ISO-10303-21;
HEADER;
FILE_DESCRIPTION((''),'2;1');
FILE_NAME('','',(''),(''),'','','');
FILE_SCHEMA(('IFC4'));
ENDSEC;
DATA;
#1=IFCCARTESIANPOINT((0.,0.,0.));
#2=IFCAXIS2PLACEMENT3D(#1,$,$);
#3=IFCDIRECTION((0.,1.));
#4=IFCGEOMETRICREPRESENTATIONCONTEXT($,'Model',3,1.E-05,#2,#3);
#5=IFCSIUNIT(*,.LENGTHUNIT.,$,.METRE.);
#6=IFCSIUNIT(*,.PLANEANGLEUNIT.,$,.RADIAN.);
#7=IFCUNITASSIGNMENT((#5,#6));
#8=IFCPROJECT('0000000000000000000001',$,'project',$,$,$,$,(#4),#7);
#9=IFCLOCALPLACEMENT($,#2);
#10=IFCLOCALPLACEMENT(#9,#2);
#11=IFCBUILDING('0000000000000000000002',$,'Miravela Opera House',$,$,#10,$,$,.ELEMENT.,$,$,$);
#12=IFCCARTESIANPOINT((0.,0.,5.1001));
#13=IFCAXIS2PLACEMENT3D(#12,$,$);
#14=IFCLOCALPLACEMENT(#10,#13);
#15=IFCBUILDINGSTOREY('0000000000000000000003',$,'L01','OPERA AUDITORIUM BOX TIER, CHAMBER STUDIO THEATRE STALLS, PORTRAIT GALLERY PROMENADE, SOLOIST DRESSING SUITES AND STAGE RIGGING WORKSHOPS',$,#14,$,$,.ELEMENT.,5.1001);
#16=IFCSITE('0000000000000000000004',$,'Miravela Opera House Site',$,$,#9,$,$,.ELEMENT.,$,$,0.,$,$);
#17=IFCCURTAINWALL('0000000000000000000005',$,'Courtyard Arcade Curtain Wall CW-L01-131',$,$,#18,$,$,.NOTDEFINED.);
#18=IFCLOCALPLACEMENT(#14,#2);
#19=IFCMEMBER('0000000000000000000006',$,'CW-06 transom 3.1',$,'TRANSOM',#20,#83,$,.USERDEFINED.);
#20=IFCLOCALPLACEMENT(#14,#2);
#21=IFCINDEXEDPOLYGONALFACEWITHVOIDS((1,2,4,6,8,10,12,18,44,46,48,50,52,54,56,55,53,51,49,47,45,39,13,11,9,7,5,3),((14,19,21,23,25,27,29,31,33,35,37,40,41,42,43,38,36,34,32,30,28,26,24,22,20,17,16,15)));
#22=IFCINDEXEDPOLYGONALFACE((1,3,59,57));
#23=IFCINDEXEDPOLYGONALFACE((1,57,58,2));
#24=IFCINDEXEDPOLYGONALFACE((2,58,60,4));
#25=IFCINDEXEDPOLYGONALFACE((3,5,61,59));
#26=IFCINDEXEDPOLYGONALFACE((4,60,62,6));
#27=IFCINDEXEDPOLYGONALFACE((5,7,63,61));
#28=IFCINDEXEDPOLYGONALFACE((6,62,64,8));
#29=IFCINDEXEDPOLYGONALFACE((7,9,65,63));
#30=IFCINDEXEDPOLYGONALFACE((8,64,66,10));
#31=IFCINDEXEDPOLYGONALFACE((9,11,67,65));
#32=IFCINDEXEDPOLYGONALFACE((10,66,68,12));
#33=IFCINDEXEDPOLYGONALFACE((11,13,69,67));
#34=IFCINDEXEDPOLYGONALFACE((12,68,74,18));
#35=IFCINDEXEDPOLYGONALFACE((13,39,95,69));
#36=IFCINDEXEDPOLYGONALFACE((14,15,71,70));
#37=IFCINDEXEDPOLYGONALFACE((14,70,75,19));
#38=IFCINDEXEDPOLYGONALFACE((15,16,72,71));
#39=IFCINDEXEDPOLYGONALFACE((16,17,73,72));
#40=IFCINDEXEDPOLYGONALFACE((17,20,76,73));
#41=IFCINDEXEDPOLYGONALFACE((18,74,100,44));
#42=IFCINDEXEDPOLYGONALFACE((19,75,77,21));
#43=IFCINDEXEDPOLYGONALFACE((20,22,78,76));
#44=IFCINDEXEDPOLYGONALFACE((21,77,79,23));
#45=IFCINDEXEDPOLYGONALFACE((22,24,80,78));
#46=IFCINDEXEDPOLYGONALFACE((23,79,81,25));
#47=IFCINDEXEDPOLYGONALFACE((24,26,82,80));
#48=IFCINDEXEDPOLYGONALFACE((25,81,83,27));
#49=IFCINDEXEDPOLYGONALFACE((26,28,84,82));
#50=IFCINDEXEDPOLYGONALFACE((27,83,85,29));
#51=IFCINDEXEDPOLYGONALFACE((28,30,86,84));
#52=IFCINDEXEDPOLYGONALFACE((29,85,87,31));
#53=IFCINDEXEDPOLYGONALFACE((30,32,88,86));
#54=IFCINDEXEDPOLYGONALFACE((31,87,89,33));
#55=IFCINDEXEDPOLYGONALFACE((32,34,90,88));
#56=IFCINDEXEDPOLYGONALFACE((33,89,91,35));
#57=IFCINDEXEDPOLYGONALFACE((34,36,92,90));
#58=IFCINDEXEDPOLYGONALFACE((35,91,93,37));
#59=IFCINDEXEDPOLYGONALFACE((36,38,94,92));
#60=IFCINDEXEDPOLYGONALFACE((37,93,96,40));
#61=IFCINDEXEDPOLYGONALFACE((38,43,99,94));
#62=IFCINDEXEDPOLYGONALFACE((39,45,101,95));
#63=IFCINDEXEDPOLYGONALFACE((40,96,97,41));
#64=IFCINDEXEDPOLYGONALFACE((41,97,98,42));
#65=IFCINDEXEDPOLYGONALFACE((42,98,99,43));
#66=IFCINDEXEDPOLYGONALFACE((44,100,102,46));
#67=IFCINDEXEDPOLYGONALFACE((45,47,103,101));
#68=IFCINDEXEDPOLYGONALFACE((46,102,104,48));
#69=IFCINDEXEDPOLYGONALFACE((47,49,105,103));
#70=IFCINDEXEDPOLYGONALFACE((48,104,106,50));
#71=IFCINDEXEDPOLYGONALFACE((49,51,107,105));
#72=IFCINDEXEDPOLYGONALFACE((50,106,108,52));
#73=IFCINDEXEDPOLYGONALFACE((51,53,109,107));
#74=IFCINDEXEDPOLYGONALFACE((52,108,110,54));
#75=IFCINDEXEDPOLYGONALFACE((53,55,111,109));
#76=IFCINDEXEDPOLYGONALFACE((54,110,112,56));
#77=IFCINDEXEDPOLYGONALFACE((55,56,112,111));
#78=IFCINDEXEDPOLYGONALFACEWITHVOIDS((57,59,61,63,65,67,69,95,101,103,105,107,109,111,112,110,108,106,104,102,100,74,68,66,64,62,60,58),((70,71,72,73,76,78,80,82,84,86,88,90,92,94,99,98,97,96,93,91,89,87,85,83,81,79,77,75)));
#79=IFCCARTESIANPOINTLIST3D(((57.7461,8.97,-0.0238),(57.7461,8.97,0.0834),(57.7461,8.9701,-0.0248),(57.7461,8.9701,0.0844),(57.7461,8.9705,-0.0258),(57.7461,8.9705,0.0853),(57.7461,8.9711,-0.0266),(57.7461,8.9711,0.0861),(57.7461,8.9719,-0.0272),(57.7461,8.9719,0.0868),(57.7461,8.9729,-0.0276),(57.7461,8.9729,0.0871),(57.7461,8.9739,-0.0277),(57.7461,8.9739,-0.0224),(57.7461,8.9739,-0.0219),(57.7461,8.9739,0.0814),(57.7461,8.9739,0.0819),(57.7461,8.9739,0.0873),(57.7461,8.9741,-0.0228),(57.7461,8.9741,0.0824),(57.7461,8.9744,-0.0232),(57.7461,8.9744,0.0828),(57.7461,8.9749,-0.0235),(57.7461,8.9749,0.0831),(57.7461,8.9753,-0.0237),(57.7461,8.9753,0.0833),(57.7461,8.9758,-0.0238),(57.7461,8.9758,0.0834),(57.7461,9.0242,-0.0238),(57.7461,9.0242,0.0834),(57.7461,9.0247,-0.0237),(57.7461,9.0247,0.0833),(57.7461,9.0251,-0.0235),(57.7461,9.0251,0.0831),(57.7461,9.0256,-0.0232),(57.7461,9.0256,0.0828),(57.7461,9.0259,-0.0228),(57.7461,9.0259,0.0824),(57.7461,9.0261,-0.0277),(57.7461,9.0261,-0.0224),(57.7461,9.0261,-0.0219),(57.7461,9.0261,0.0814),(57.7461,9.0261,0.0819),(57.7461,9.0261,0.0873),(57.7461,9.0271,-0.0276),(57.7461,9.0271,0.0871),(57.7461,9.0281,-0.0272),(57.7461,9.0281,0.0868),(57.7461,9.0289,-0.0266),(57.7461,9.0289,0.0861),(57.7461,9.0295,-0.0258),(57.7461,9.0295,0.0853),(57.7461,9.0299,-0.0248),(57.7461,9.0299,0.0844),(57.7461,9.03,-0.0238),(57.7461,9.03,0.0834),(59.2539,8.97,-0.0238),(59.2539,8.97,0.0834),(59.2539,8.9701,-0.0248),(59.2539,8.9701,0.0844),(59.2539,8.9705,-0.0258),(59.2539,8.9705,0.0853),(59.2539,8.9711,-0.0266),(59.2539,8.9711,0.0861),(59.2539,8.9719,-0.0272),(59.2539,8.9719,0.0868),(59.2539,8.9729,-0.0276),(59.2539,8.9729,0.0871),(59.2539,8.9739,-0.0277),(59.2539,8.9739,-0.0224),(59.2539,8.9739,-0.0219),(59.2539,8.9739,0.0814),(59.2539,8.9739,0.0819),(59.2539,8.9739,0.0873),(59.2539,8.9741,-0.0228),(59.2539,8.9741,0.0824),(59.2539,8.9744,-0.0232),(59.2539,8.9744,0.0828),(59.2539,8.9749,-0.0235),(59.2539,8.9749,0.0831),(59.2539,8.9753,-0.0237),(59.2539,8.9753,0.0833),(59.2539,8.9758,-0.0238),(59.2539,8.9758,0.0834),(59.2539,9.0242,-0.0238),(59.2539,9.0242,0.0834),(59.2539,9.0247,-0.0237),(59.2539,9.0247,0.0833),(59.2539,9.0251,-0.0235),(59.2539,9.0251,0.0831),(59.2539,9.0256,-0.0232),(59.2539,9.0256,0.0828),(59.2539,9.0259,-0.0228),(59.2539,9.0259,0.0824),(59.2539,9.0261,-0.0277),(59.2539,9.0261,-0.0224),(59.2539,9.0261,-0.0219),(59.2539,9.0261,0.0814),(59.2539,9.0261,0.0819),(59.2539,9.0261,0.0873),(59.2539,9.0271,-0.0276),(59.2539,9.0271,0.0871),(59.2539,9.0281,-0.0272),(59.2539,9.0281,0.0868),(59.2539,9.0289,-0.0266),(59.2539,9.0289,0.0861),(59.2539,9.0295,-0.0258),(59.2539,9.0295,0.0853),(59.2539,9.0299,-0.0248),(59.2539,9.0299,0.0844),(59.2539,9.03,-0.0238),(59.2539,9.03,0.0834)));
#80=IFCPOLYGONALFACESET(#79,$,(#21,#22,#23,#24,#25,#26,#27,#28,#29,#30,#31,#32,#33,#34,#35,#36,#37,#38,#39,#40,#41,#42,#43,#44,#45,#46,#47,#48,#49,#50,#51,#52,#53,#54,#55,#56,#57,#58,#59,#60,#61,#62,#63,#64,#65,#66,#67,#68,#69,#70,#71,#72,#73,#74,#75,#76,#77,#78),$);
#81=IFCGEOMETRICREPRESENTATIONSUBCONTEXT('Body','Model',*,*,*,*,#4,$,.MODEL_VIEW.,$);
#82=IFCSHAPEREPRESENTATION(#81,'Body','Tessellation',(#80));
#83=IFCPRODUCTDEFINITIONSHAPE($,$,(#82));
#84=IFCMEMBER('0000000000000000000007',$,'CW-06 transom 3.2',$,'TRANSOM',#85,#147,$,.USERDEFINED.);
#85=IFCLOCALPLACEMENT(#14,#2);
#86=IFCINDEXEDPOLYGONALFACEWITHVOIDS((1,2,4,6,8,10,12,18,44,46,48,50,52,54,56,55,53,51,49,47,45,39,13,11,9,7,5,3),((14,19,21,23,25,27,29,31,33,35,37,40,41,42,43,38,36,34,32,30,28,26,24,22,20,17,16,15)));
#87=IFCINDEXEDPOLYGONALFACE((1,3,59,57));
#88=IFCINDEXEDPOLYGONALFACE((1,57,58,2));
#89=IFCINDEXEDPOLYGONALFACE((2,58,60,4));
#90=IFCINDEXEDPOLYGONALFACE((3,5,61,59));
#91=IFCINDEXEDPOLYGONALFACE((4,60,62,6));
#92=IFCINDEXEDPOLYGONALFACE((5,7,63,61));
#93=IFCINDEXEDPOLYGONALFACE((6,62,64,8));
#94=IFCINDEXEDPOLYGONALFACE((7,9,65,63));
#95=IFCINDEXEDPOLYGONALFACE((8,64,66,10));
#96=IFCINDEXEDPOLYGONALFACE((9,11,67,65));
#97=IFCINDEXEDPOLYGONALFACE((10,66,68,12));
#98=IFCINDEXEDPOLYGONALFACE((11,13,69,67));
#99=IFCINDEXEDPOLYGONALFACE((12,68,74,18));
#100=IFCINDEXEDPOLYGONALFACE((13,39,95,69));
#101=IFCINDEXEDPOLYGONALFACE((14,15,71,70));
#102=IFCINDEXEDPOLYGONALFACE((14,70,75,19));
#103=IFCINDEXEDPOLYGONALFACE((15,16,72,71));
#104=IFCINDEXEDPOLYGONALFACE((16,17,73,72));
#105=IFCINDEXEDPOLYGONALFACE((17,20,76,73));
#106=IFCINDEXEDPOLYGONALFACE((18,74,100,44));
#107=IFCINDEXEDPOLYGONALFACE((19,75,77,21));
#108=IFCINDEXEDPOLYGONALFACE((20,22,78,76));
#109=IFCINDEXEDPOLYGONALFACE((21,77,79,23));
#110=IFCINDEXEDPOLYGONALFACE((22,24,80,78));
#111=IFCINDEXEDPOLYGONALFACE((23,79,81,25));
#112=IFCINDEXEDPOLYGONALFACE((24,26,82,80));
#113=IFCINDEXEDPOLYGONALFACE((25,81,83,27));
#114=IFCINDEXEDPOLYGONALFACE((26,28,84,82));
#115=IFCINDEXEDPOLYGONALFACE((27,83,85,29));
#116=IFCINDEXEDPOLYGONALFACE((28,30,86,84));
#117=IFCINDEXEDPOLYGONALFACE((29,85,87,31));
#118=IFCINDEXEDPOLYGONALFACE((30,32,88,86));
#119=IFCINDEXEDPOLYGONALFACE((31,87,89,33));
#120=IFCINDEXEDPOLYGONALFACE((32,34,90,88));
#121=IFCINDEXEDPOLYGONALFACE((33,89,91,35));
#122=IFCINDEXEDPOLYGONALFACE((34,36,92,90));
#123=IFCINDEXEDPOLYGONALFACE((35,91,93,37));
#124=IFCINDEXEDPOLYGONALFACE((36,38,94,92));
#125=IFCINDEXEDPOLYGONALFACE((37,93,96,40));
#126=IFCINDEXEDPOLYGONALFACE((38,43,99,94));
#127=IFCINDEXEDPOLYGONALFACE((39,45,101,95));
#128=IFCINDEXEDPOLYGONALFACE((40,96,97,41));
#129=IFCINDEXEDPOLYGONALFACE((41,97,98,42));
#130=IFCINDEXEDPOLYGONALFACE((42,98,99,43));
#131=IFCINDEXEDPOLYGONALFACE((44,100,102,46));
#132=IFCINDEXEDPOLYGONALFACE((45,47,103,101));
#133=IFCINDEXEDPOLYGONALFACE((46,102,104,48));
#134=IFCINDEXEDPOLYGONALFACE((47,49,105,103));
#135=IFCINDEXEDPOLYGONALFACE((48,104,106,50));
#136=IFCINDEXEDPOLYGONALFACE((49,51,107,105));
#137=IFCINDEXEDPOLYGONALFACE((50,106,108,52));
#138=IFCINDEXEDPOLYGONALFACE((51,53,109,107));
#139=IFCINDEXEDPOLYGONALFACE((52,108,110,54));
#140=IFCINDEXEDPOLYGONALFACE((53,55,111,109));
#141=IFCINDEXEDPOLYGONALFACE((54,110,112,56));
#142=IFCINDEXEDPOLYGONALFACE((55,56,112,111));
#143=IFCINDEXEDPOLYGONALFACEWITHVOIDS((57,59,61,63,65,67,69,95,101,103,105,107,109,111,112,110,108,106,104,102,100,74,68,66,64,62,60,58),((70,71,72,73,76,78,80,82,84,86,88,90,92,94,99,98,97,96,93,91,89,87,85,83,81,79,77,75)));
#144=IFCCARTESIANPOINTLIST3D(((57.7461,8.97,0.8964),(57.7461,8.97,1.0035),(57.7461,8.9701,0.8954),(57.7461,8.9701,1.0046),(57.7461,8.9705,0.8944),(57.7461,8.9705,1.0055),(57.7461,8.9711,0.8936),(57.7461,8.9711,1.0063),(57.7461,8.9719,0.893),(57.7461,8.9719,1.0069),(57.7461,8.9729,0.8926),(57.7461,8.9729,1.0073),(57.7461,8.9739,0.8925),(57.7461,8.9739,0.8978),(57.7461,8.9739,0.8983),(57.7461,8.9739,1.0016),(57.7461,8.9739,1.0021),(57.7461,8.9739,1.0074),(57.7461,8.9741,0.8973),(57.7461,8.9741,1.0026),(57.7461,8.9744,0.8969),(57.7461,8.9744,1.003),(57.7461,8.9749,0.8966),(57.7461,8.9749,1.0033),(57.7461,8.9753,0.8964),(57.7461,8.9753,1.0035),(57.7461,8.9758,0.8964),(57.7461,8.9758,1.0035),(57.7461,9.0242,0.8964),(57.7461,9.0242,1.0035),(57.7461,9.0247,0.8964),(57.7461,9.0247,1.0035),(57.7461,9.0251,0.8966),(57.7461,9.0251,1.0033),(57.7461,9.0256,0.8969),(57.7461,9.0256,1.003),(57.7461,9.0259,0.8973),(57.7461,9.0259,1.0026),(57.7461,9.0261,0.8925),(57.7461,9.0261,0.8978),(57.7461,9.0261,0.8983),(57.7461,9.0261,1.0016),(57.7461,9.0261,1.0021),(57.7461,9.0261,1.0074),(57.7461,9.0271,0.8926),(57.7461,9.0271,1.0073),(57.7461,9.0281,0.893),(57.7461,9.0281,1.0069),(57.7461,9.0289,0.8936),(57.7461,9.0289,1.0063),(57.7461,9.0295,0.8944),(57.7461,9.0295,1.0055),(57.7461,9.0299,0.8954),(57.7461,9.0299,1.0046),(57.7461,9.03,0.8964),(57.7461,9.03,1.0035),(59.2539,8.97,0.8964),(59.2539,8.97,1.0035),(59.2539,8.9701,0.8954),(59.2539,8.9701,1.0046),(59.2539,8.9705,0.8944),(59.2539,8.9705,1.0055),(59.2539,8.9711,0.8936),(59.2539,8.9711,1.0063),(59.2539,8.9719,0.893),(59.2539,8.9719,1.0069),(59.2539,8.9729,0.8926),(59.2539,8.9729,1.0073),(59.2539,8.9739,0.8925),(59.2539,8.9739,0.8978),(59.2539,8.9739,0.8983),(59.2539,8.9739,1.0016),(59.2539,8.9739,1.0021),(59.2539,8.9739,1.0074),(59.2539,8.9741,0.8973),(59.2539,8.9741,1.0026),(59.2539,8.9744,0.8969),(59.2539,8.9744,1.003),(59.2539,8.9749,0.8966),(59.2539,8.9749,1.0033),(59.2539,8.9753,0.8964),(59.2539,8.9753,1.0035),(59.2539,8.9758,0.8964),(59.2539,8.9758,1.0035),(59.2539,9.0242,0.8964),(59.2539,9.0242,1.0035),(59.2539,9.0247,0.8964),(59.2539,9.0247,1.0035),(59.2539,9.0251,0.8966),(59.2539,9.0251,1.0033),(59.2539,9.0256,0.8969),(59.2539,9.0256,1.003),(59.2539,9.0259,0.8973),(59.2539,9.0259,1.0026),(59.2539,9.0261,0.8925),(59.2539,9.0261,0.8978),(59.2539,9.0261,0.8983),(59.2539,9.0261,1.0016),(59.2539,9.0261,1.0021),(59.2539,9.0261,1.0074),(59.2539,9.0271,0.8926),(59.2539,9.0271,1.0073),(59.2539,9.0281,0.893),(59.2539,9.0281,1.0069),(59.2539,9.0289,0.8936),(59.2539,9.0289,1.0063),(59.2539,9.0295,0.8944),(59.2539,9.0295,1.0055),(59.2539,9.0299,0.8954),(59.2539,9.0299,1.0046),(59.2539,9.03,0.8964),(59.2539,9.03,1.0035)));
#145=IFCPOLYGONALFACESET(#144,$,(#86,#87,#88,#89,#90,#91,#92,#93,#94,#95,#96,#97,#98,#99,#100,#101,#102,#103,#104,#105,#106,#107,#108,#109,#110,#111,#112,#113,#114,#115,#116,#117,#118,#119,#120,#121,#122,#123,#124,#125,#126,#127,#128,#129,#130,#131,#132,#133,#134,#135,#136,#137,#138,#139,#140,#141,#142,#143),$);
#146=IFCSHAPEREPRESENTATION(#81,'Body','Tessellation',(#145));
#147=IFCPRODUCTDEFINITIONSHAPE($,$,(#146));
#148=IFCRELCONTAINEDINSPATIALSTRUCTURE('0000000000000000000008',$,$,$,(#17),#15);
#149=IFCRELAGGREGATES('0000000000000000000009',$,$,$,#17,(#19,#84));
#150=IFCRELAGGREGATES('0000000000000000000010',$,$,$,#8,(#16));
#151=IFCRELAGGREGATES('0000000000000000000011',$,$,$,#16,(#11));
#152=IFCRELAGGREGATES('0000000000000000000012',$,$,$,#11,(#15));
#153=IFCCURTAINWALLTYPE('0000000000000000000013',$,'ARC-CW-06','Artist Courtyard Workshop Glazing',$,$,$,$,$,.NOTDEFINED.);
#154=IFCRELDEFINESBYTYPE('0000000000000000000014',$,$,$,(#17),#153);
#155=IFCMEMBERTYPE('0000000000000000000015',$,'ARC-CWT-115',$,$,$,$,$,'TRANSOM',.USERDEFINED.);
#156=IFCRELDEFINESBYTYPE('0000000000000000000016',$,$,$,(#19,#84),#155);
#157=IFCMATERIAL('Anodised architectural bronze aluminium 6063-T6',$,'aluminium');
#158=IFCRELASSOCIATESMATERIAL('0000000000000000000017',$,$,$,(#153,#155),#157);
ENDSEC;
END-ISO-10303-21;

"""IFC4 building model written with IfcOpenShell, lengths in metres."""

from ifc_helpers import new_model, si_unit, direction, frame, origin, origin_2d, place, context, subcontext, project, spatial, hollow_rectangle, extrude, material, material_profile, profile_set, type_object, element, aggregate, save


model = new_model("IFC4")

# Units and contexts
model_context = context("Model", 3, precision=1e-05, world=origin(), true_north=direction((0.0, 1.0)))
body_context = subcontext(model_context, "Body", "Model", "MODEL_VIEW")
ifc_project = project(units=[si_unit("LENGTHUNIT", "METRE"), si_unit("PLANEANGLEUNIT", "RADIAN")], contexts=[model_context])

# Site, building, storey
site_placement = place(None, origin())
site = spatial("IfcSite", under=ifc_project, at=site_placement, Name="Miravela Opera House Site", CompositionType="ELEMENT", RefElevation=0.0)
building_placement = place(site_placement, origin())
building = spatial("IfcBuilding", under=site, at=building_placement, Name="Miravela Opera House", CompositionType="ELEMENT")
storey_placement = place(building_placement, frame((0.0, 0.0, 5.1001)))
storey = spatial("IfcBuildingStorey", under=building, at=storey_placement, Name="L01", Description="OPERA AUDITORIUM BOX TIER, CHAMBER STUDIO THEATRE STALLS, PORTRAIT GALLERY PROMENADE, SOLOIST DRESSING SUITES AND STAGE RIGGING WORKSHOPS", CompositionType="ELEMENT", Elevation=5.1001)

# Shared definitions
ifc_material_1 = material(Name="Anodised architectural bronze aluminium 6063-T6", Category="aluminium")
curtain_wall_type = type_object("IfcCurtainWallType", Name="ARC-CW-06", Description="Artist Courtyard Workshop Glazing", PredefinedType="NOTDEFINED", material=ifc_material_1)

# Curtain wall, members
curtain_wall_1_placement = place(storey_placement, origin())
curtain_wall_1 = element("IfcCurtainWall", 1, at=curtain_wall_1_placement, inside=storey, type_object=curtain_wall_type, Name="Courtyard Arcade Curtain Wall CW-L01-131", PredefinedType="NOTDEFINED")
ifc_material_profile_1 = material_profile(ifc_material_1, hollow_rectangle(XDim=0.0601, YDim=0.115, WallThickness=0.0039, InnerFilletRadius=0.002, OuterFilletRadius=0.0039, at=origin_2d()), Name="CWT-60X115")
ifc_profile_set_1 = profile_set([ifc_material_profile_1])
member_type_1 = type_object("IfcMemberType", Name="ARC-CWT-115", ElementType="TRANSOM", PredefinedType="USERDEFINED", material=ifc_profile_set_1)
member_1_placement = place(storey_placement, frame((57.7461, 9.0, 0.0298), z_axis=(1.0, 0.0, 0.0), x_axis=(0.0, 1.0, 0.0)))
member_1 = element("IfcMember", 2, at=member_1_placement, type_object=member_type_1, Name="CW-06 transom 3.1", ObjectType="TRANSOM", PredefinedType="USERDEFINED", context=body_context, shape_type="SweptSolid", body=[
    extrude(hollow_rectangle(XDim=0.0601, YDim=0.115, WallThickness=0.0039, InnerFilletRadius=0.002, OuterFilletRadius=0.0039, at=origin_2d()), origin(), (0.0, 0.0, 1.0), 1.5078),
])
member_2_placement = place(storey_placement, frame((57.7461, 9.0, 0.95), z_axis=(1.0, 0.0, 0.0), x_axis=(0.0, 1.0, 0.0)))
member_2 = element("IfcMember", 3, at=member_2_placement, type_object=member_type_1, Name="CW-06 transom 3.2", ObjectType="TRANSOM", PredefinedType="USERDEFINED", context=body_context, shape_type="SweptSolid", body=[
    extrude(hollow_rectangle(XDim=0.0601, YDim=0.115, WallThickness=0.0039, InnerFilletRadius=0.002, OuterFilletRadius=0.0039, at=origin_2d()), origin(), (0.0, 0.0, 1.0), 1.5078),
])

aggregate(curtain_wall_1, [member_1, member_2])

save(model, "model.ifc")
